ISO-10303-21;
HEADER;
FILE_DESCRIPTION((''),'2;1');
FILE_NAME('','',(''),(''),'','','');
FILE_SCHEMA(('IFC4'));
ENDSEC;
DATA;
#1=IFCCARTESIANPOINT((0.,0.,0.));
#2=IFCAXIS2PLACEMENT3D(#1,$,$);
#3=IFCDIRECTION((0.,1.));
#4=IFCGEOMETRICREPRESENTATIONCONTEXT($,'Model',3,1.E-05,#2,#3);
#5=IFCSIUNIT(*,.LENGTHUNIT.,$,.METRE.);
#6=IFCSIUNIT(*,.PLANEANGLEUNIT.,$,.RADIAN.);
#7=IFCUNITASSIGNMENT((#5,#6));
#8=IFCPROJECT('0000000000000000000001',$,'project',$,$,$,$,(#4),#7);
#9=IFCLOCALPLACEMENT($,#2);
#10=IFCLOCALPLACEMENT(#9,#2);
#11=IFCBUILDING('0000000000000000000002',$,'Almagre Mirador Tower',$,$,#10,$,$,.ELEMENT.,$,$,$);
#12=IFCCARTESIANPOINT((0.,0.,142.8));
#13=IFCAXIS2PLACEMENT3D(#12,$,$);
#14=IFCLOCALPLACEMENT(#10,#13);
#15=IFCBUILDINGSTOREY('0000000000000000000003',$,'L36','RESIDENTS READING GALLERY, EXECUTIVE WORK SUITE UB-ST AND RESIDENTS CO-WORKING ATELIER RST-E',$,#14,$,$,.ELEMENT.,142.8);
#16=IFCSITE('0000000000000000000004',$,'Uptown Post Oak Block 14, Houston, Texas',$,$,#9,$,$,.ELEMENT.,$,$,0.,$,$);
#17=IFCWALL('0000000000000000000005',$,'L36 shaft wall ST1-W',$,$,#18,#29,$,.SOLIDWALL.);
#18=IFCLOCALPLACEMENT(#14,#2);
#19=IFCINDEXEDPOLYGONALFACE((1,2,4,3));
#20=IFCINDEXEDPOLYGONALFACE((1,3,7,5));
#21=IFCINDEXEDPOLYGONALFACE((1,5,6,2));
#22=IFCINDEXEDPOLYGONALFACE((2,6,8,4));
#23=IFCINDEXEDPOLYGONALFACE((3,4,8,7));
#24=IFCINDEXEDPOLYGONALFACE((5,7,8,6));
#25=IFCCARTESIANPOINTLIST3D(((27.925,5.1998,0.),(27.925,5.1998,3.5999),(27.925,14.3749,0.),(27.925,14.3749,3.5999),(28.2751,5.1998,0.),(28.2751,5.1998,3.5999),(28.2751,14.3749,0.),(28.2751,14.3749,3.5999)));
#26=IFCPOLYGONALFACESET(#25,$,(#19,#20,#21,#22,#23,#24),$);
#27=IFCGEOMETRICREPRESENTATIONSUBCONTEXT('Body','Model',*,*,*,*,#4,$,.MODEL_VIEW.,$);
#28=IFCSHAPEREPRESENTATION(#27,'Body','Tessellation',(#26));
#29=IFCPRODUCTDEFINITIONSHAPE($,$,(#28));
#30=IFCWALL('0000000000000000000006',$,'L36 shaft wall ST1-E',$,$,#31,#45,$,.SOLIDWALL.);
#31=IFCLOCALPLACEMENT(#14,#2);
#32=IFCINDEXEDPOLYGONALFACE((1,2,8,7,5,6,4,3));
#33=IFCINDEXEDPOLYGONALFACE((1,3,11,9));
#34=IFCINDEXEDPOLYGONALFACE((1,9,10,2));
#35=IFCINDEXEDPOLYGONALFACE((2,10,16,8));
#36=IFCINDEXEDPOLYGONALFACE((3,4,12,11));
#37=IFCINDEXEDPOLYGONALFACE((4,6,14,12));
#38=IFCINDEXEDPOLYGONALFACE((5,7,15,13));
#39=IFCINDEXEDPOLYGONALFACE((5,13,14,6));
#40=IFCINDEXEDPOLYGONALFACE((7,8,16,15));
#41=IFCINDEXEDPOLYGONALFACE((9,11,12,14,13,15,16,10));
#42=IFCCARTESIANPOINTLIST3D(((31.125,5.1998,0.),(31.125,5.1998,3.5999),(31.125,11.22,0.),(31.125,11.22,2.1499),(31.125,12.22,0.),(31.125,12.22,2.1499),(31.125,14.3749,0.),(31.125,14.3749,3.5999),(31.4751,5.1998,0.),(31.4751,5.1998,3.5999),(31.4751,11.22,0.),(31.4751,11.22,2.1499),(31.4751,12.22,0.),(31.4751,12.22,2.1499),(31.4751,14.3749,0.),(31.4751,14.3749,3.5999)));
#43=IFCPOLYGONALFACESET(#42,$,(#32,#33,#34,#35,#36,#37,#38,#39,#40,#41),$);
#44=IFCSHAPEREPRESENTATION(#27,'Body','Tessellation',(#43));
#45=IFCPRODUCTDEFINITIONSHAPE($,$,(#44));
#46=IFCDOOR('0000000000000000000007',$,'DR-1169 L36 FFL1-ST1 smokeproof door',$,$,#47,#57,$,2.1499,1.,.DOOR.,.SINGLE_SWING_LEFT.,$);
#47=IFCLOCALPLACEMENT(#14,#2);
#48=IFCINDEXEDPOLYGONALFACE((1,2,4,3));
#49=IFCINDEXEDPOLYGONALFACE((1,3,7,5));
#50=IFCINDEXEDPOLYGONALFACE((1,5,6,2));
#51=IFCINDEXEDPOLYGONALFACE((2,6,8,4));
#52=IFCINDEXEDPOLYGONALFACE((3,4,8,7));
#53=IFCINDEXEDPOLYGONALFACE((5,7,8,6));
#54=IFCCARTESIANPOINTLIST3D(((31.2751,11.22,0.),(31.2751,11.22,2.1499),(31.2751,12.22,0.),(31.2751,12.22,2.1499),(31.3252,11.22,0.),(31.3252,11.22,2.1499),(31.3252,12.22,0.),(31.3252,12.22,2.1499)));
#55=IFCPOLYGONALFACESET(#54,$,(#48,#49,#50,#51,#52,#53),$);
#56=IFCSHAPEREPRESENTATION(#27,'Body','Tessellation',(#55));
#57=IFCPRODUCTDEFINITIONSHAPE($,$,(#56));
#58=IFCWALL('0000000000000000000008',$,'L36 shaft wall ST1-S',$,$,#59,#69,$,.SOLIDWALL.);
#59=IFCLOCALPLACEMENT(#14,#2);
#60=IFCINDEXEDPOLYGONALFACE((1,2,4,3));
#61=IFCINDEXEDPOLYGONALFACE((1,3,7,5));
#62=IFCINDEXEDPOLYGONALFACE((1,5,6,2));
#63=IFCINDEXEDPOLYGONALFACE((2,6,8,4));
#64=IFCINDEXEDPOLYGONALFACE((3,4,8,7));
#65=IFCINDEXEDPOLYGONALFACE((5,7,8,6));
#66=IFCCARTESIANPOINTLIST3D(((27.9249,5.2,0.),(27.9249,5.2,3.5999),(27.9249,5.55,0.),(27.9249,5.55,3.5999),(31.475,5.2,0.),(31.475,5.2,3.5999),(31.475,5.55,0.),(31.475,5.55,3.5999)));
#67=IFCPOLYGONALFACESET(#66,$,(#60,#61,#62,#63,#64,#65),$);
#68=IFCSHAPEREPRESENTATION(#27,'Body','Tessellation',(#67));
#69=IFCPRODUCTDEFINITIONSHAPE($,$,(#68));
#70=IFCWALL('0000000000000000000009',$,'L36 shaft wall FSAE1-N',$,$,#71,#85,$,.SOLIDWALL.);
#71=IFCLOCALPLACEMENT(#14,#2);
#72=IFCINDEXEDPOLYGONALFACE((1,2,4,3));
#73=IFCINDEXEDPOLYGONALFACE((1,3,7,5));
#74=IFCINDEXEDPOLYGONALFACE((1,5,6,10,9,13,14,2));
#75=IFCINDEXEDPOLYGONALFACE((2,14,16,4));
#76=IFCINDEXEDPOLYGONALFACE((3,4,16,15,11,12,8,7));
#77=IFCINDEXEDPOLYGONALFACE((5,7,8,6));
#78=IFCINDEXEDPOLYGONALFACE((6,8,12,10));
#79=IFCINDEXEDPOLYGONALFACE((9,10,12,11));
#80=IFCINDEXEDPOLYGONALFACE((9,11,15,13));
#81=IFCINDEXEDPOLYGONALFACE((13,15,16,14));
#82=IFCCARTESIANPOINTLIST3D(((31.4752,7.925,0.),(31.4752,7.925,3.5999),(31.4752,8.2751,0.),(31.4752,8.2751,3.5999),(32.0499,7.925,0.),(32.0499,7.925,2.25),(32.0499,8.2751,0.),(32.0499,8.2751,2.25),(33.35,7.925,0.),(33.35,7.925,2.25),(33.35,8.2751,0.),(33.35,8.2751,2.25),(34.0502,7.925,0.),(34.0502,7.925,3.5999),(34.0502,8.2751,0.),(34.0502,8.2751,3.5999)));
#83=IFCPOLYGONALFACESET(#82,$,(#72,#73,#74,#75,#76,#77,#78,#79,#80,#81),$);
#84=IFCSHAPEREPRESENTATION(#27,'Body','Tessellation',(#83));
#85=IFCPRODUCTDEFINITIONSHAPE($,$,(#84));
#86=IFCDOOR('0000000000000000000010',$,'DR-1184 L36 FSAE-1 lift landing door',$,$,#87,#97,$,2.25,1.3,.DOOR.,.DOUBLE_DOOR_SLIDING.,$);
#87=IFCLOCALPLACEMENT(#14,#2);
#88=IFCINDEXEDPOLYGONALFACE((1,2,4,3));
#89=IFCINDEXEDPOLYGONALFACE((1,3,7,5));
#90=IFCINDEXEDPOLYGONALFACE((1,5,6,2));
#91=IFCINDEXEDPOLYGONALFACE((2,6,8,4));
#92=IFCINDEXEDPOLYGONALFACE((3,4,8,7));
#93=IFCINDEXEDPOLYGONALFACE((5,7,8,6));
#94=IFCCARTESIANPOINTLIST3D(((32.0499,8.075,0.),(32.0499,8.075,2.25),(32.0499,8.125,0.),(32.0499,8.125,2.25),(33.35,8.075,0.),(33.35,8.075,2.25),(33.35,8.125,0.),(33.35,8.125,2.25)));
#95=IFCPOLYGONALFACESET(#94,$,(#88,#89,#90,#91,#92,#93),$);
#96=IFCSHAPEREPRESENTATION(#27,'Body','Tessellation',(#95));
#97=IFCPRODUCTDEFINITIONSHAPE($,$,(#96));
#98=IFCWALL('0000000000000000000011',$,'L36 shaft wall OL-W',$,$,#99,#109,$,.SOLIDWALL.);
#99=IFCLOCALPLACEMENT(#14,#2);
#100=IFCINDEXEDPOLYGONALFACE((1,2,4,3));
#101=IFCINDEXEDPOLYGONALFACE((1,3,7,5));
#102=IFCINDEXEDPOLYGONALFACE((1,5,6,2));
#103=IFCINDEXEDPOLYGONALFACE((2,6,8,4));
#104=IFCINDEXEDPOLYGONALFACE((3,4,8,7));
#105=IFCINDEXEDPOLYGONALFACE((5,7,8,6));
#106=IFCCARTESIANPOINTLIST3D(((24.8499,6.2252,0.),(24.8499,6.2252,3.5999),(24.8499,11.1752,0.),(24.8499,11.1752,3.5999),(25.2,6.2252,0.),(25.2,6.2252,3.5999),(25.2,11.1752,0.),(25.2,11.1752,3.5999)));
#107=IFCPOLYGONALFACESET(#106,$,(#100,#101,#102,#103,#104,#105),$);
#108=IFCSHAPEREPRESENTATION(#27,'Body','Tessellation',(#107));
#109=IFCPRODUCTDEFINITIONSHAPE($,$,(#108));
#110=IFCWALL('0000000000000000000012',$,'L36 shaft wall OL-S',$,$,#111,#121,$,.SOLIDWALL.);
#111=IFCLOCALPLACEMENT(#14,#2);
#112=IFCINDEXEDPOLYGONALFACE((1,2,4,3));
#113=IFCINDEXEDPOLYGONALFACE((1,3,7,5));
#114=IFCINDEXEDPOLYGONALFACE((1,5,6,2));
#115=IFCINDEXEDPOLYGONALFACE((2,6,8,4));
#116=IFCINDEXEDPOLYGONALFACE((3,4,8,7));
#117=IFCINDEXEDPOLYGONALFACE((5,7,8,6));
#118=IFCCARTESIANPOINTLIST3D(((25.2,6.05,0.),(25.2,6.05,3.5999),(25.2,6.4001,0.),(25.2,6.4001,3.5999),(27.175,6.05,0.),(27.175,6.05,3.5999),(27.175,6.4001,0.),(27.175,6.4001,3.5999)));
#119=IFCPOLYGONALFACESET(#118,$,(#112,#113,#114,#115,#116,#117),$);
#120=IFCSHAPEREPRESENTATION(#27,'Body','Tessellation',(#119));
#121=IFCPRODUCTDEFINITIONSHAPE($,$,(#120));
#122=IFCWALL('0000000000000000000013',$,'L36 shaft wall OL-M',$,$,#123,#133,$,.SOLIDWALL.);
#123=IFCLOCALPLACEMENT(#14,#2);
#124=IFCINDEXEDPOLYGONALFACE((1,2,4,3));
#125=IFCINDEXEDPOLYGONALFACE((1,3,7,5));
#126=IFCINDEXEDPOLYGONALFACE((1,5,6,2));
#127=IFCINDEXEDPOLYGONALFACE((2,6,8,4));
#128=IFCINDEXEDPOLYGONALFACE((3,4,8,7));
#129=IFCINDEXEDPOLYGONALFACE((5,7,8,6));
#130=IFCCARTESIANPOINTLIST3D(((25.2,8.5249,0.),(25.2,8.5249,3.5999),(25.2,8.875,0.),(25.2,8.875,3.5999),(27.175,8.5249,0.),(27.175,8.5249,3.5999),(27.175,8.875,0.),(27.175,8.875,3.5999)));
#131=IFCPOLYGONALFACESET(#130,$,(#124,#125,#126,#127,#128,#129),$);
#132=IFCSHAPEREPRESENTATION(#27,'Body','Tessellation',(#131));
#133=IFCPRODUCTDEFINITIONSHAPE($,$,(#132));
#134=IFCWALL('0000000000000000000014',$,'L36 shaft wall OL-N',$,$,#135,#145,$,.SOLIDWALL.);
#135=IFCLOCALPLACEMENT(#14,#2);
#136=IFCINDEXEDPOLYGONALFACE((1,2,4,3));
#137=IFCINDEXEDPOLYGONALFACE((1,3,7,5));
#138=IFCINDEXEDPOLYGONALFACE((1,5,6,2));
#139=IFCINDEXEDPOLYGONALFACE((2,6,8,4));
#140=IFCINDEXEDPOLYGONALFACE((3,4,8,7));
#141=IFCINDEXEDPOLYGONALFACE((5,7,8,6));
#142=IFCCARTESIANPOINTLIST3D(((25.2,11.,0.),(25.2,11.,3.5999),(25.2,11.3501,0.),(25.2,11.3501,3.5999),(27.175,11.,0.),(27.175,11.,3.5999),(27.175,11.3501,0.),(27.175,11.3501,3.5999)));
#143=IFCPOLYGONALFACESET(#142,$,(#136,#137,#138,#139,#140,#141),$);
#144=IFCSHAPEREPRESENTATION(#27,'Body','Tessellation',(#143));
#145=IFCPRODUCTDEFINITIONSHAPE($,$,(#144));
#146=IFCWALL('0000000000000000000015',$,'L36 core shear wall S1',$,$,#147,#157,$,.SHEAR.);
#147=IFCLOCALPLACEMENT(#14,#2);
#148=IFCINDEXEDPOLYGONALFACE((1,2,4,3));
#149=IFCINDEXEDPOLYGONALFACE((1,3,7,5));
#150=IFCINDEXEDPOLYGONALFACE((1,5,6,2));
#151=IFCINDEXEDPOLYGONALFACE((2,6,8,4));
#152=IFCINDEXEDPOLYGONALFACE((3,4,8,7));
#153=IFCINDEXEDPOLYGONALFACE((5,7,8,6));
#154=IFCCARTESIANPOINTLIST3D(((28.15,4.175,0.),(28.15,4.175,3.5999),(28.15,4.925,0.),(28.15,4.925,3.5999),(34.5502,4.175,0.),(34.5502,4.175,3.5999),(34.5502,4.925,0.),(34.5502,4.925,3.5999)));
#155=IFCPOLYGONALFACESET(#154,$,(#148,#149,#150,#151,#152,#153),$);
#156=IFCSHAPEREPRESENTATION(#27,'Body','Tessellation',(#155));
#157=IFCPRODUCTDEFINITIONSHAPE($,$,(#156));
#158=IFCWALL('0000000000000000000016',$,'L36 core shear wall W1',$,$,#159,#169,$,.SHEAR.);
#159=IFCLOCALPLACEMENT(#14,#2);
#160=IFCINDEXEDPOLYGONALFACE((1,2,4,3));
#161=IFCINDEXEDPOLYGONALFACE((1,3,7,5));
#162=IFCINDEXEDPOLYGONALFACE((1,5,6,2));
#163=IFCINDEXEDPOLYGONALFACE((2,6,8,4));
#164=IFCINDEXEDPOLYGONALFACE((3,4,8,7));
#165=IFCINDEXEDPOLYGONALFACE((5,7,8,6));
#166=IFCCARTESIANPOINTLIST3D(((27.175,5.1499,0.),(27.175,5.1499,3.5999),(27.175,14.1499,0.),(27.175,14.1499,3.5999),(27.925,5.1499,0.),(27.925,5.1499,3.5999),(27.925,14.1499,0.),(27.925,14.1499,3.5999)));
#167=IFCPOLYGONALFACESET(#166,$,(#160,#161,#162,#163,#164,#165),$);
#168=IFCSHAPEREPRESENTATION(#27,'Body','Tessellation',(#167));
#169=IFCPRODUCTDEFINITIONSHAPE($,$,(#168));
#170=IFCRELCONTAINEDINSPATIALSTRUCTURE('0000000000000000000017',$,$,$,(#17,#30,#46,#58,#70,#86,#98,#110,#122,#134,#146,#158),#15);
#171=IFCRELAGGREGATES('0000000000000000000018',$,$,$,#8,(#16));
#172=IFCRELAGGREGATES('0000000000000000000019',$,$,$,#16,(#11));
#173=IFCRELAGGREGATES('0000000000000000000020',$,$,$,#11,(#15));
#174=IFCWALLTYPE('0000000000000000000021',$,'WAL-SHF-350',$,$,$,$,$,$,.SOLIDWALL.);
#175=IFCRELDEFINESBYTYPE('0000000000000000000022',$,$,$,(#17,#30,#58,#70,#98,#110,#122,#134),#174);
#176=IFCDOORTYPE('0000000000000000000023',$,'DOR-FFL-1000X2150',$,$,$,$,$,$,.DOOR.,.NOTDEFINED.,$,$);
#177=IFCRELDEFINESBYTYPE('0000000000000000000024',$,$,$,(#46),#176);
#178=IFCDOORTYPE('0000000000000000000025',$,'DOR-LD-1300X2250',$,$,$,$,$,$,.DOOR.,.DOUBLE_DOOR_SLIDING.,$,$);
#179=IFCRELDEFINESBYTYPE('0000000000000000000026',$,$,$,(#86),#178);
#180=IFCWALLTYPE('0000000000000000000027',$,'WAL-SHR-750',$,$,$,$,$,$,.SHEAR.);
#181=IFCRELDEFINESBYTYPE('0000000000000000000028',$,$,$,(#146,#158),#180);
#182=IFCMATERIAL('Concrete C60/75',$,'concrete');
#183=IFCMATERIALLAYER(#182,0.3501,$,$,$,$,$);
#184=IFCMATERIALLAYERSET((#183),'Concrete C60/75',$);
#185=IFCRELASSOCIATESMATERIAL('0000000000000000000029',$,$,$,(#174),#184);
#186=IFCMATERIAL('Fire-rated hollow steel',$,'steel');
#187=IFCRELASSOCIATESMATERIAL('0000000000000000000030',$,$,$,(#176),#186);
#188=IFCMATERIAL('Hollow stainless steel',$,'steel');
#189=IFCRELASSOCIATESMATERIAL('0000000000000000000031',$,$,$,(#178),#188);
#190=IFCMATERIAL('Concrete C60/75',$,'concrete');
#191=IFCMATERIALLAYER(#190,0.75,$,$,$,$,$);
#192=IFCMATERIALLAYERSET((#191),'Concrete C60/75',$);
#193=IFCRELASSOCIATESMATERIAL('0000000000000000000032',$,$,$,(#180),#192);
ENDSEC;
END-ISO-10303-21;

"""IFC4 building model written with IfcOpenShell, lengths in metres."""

from ifc_helpers import new_model, si_unit, direction, frame, frame_2d, origin, place, context, subcontext, project, spatial, rectangle, extrude, material, layer, layer_set, type_object, element, fill, save


model = new_model("IFC4")

# Units and contexts
model_context = context("Model", 3, precision=1e-05, world=origin(), true_north=direction((0.0, 1.0)))
body_context = subcontext(model_context, "Body", "Model", "MODEL_VIEW")
ifc_project = project(units=[si_unit("LENGTHUNIT", "METRE"), si_unit("PLANEANGLEUNIT", "RADIAN")], contexts=[model_context])

# Site, building, storey
site_placement = place(None, origin())
site = spatial("IfcSite", under=ifc_project, at=site_placement, Name="Uptown Post Oak Block 14, Houston, Texas", CompositionType="ELEMENT", RefElevation=0.0)
building_placement = place(site_placement, origin())
building = spatial("IfcBuilding", under=site, at=building_placement, Name="Almagre Mirador Tower", CompositionType="ELEMENT")
storey_placement = place(building_placement, frame((0.0, 0.0, 142.8)))
storey = spatial("IfcBuildingStorey", under=building, at=storey_placement, Name="L36", Description="RESIDENTS READING GALLERY, EXECUTIVE WORK SUITE UB-ST AND RESIDENTS CO-WORKING ATELIER RST-E", CompositionType="ELEMENT", Elevation=142.8)

# Wall
ifc_material_1 = material(Name="Concrete C60/75", Category="concrete")
ifc_layer_1 = layer(ifc_material_1, 0.3501)
ifc_layer_set_1 = layer_set([ifc_layer_1], Name="Concrete C60/75")
wall_type_1 = type_object("IfcWallType", Name="WAL-SHF-350", PredefinedType="SOLIDWALL", material=ifc_layer_set_1)
wall_1_placement = place(storey_placement, frame((28.1001, 5.2, 0.0), z_axis=(0.0, 0.0, 1.0), x_axis=(0.0, 1.0, 0.0)))
element("IfcWall", 1, at=wall_1_placement, inside=storey, type_object=wall_type_1, Name="L36 shaft wall ST1-W", PredefinedType="SOLIDWALL", context=body_context, shape_type="SweptSolid", body=[
    extrude(rectangle(XDim=9.175, YDim=0.3501, at=frame_2d((4.5874, 0.0))), origin(), (0.0, 0.0, 1.0), 3.5999),
])

# Wall, opening, door
wall_2_placement = place(storey_placement, frame((31.3, 5.2, 0.0), z_axis=(0.0, 0.0, 1.0), x_axis=(0.0, 1.0, 0.0)))
wall_2 = element("IfcWall", 2, at=wall_2_placement, inside=storey, type_object=wall_type_1, Name="L36 shaft wall ST1-E", PredefinedType="SOLIDWALL", context=body_context, shape_type="SweptSolid", body=[
    extrude(rectangle(XDim=9.175, YDim=0.3501, at=frame_2d((4.5874, 0.0))), origin(), (0.0, 0.0, 1.0), 3.5999),
])
opening_1_placement = place(wall_2_placement, frame((6.02, 0.0, 0.0)))
opening_1 = element("IfcOpeningElement", 3, at=opening_1_placement, cuts=wall_2, PredefinedType="OPENING", context=body_context, shape_type="SweptSolid", body=[
    extrude(rectangle(XDim=1.0, YDim=2.1499, at=frame_2d((0.5, 1.075))), frame((0.0, 0.185, 0.0), z_axis=(0.0, -1.0, 0.0), x_axis=(1.0, 0.0, 0.0)), (0.0, 0.0, 1.0), 0.3701),
])
ifc_material_2 = material(Name="Fire-rated hollow steel", Category="steel")
door_type_1 = type_object("IfcDoorType", Name="DOR-FFL-1000X2150", OperationType="NOTDEFINED", PredefinedType="DOOR", material=ifc_material_2)
door_1_placement = place(opening_1_placement, origin())
door_1 = element("IfcDoor", 4, at=door_1_placement, inside=storey, type_object=door_type_1, Name="DR-1169 L36 FFL1-ST1 smokeproof door", OperationType="SINGLE_SWING_LEFT", OverallHeight=2.1499, OverallWidth=1.0, PredefinedType="DOOR", context=body_context, shape_type="SweptSolid", body=[
    extrude(rectangle(XDim=1.0, YDim=2.1499, at=frame_2d((0.5, 1.075))), frame((0.0, 0.0249, 0.0), z_axis=(0.0, -1.0, 0.0), x_axis=(1.0, 0.0, 0.0)), (0.0, 0.0, 1.0), 0.05),
])
fill(opening_1, door_1)

# Wall
wall_3_placement = place(storey_placement, frame((27.925, 5.375, 0.0), z_axis=(0.0, 0.0, 1.0), x_axis=(1.0, 0.0, 0.0)))
element("IfcWall", 5, at=wall_3_placement, inside=storey, type_object=wall_type_1, Name="L36 shaft wall ST1-S", PredefinedType="SOLIDWALL", context=body_context, shape_type="SweptSolid", body=[
    extrude(rectangle(XDim=3.55, YDim=0.3501, at=frame_2d((1.7749, 0.0))), origin(), (0.0, 0.0, 1.0), 3.5999),
])

# Wall, opening, door
wall_4_placement = place(storey_placement, frame((31.4751, 8.1001, 0.0), z_axis=(0.0, 0.0, 1.0), x_axis=(1.0, 0.0, 0.0)))
wall_4 = element("IfcWall", 6, at=wall_4_placement, inside=storey, type_object=wall_type_1, Name="L36 shaft wall FSAE1-N", PredefinedType="SOLIDWALL", context=body_context, shape_type="SweptSolid", body=[
    extrude(rectangle(XDim=2.575, YDim=0.3501, at=frame_2d((1.2876, 0.0))), origin(), (0.0, 0.0, 1.0), 3.5999),
])
opening_2_placement = place(wall_4_placement, frame((0.575, 0.0, 0.0)))
opening_2 = element("IfcOpeningElement", 7, at=opening_2_placement, cuts=wall_4, PredefinedType="OPENING", context=body_context, shape_type="SweptSolid", body=[
    extrude(rectangle(XDim=1.3, YDim=2.25, at=frame_2d((0.6499, 1.125))), frame((0.0, 0.185, 0.0), z_axis=(0.0, -1.0, 0.0), x_axis=(1.0, 0.0, 0.0)), (0.0, 0.0, 1.0), 0.3701),
])
ifc_material_3 = material(Name="Hollow stainless steel", Category="steel")
door_type_2 = type_object("IfcDoorType", Name="DOR-LD-1300X2250", OperationType="DOUBLE_DOOR_SLIDING", PredefinedType="DOOR", material=ifc_material_3)
door_2_placement = place(opening_2_placement, origin())
door_2 = element("IfcDoor", 8, at=door_2_placement, inside=storey, type_object=door_type_2, Name="DR-1184 L36 FSAE-1 lift landing door", OperationType="DOUBLE_DOOR_SLIDING", OverallHeight=2.25, OverallWidth=1.3, PredefinedType="DOOR", context=body_context, shape_type="SweptSolid", body=[
    extrude(rectangle(XDim=1.3, YDim=2.25, at=frame_2d((0.6499, 1.125))), frame((0.0, 0.0249, 0.0), z_axis=(0.0, -1.0, 0.0), x_axis=(1.0, 0.0, 0.0)), (0.0, 0.0, 1.0), 0.05),
])
fill(opening_2, door_2)

# Walls
wall_5_placement = place(storey_placement, frame((25.0249, 6.2251, 0.0), z_axis=(0.0, 0.0, 1.0), x_axis=(0.0, 1.0, 0.0)))
element("IfcWall", 9, at=wall_5_placement, inside=storey, type_object=wall_type_1, Name="L36 shaft wall OL-W", PredefinedType="SOLIDWALL", context=body_context, shape_type="SweptSolid", body=[
    extrude(rectangle(XDim=4.95, YDim=0.3501, at=frame_2d((2.4751, 0.0))), origin(), (0.0, 0.0, 1.0), 3.5999),
])
for number, where, z_axis, x_axis, name in (
    (10, (25.2, 6.2251, 0.0), (0.0, 0.0, 1.0), (1.0, 0.0, 0.0), "L36 shaft wall OL-S"),
    (11, (25.2, 8.7, 0.0), (0.0, 0.0, 1.0), (1.0, 0.0, 0.0), "L36 shaft wall OL-M"),
    (12, (25.2, 11.175, 0.0), (0.0, 0.0, 1.0), (1.0, 0.0, 0.0), "L36 shaft wall OL-N"),
):
    element("IfcWall", number, at=place(storey_placement, frame(where, z_axis=z_axis, x_axis=x_axis)), inside=storey, type_object=wall_type_1, Name=name, PredefinedType="SOLIDWALL", context=body_context, shape_type="SweptSolid", body=[
        extrude(rectangle(XDim=1.9751, YDim=0.3501, at=frame_2d((0.9875, 0.0))), origin(), (0.0, 0.0, 1.0), 3.5999),
    ])
ifc_material_4 = material(Name="Concrete C60/75", Category="concrete")
ifc_layer_2 = layer(ifc_material_4, 0.75)
ifc_layer_set_2 = layer_set([ifc_layer_2], Name="Concrete C60/75")
wall_type_2 = type_object("IfcWallType", Name="WAL-SHR-750", PredefinedType="SHEAR", material=ifc_layer_set_2)
wall_6_placement = place(storey_placement, frame((28.1499, 4.55, 0.0), z_axis=(0.0, 0.0, 1.0), x_axis=(1.0, 0.0, 0.0)))
element("IfcWall", 13, at=wall_6_placement, inside=storey, type_object=wall_type_2, Name="L36 core shear wall S1", PredefinedType="SHEAR", context=body_context, shape_type="SweptSolid", body=[
    extrude(rectangle(XDim=6.4001, YDim=0.75, at=frame_2d((3.2002, 0.0))), origin(), (0.0, 0.0, 1.0), 3.5999),
])
wall_7_placement = place(storey_placement, frame((27.55, 5.1499, 0.0), z_axis=(0.0, 0.0, 1.0), x_axis=(0.0, 1.0, 0.0)))
element("IfcWall", 14, at=wall_7_placement, inside=storey, type_object=wall_type_2, Name="L36 core shear wall W1", PredefinedType="SHEAR", context=body_context, shape_type="SweptSolid", body=[
    extrude(rectangle(XDim=9.0, YDim=0.75, at=frame_2d((4.5, 0.0))), origin(), (0.0, 0.0, 1.0), 3.5999),
])

save(model, "model.ifc")
